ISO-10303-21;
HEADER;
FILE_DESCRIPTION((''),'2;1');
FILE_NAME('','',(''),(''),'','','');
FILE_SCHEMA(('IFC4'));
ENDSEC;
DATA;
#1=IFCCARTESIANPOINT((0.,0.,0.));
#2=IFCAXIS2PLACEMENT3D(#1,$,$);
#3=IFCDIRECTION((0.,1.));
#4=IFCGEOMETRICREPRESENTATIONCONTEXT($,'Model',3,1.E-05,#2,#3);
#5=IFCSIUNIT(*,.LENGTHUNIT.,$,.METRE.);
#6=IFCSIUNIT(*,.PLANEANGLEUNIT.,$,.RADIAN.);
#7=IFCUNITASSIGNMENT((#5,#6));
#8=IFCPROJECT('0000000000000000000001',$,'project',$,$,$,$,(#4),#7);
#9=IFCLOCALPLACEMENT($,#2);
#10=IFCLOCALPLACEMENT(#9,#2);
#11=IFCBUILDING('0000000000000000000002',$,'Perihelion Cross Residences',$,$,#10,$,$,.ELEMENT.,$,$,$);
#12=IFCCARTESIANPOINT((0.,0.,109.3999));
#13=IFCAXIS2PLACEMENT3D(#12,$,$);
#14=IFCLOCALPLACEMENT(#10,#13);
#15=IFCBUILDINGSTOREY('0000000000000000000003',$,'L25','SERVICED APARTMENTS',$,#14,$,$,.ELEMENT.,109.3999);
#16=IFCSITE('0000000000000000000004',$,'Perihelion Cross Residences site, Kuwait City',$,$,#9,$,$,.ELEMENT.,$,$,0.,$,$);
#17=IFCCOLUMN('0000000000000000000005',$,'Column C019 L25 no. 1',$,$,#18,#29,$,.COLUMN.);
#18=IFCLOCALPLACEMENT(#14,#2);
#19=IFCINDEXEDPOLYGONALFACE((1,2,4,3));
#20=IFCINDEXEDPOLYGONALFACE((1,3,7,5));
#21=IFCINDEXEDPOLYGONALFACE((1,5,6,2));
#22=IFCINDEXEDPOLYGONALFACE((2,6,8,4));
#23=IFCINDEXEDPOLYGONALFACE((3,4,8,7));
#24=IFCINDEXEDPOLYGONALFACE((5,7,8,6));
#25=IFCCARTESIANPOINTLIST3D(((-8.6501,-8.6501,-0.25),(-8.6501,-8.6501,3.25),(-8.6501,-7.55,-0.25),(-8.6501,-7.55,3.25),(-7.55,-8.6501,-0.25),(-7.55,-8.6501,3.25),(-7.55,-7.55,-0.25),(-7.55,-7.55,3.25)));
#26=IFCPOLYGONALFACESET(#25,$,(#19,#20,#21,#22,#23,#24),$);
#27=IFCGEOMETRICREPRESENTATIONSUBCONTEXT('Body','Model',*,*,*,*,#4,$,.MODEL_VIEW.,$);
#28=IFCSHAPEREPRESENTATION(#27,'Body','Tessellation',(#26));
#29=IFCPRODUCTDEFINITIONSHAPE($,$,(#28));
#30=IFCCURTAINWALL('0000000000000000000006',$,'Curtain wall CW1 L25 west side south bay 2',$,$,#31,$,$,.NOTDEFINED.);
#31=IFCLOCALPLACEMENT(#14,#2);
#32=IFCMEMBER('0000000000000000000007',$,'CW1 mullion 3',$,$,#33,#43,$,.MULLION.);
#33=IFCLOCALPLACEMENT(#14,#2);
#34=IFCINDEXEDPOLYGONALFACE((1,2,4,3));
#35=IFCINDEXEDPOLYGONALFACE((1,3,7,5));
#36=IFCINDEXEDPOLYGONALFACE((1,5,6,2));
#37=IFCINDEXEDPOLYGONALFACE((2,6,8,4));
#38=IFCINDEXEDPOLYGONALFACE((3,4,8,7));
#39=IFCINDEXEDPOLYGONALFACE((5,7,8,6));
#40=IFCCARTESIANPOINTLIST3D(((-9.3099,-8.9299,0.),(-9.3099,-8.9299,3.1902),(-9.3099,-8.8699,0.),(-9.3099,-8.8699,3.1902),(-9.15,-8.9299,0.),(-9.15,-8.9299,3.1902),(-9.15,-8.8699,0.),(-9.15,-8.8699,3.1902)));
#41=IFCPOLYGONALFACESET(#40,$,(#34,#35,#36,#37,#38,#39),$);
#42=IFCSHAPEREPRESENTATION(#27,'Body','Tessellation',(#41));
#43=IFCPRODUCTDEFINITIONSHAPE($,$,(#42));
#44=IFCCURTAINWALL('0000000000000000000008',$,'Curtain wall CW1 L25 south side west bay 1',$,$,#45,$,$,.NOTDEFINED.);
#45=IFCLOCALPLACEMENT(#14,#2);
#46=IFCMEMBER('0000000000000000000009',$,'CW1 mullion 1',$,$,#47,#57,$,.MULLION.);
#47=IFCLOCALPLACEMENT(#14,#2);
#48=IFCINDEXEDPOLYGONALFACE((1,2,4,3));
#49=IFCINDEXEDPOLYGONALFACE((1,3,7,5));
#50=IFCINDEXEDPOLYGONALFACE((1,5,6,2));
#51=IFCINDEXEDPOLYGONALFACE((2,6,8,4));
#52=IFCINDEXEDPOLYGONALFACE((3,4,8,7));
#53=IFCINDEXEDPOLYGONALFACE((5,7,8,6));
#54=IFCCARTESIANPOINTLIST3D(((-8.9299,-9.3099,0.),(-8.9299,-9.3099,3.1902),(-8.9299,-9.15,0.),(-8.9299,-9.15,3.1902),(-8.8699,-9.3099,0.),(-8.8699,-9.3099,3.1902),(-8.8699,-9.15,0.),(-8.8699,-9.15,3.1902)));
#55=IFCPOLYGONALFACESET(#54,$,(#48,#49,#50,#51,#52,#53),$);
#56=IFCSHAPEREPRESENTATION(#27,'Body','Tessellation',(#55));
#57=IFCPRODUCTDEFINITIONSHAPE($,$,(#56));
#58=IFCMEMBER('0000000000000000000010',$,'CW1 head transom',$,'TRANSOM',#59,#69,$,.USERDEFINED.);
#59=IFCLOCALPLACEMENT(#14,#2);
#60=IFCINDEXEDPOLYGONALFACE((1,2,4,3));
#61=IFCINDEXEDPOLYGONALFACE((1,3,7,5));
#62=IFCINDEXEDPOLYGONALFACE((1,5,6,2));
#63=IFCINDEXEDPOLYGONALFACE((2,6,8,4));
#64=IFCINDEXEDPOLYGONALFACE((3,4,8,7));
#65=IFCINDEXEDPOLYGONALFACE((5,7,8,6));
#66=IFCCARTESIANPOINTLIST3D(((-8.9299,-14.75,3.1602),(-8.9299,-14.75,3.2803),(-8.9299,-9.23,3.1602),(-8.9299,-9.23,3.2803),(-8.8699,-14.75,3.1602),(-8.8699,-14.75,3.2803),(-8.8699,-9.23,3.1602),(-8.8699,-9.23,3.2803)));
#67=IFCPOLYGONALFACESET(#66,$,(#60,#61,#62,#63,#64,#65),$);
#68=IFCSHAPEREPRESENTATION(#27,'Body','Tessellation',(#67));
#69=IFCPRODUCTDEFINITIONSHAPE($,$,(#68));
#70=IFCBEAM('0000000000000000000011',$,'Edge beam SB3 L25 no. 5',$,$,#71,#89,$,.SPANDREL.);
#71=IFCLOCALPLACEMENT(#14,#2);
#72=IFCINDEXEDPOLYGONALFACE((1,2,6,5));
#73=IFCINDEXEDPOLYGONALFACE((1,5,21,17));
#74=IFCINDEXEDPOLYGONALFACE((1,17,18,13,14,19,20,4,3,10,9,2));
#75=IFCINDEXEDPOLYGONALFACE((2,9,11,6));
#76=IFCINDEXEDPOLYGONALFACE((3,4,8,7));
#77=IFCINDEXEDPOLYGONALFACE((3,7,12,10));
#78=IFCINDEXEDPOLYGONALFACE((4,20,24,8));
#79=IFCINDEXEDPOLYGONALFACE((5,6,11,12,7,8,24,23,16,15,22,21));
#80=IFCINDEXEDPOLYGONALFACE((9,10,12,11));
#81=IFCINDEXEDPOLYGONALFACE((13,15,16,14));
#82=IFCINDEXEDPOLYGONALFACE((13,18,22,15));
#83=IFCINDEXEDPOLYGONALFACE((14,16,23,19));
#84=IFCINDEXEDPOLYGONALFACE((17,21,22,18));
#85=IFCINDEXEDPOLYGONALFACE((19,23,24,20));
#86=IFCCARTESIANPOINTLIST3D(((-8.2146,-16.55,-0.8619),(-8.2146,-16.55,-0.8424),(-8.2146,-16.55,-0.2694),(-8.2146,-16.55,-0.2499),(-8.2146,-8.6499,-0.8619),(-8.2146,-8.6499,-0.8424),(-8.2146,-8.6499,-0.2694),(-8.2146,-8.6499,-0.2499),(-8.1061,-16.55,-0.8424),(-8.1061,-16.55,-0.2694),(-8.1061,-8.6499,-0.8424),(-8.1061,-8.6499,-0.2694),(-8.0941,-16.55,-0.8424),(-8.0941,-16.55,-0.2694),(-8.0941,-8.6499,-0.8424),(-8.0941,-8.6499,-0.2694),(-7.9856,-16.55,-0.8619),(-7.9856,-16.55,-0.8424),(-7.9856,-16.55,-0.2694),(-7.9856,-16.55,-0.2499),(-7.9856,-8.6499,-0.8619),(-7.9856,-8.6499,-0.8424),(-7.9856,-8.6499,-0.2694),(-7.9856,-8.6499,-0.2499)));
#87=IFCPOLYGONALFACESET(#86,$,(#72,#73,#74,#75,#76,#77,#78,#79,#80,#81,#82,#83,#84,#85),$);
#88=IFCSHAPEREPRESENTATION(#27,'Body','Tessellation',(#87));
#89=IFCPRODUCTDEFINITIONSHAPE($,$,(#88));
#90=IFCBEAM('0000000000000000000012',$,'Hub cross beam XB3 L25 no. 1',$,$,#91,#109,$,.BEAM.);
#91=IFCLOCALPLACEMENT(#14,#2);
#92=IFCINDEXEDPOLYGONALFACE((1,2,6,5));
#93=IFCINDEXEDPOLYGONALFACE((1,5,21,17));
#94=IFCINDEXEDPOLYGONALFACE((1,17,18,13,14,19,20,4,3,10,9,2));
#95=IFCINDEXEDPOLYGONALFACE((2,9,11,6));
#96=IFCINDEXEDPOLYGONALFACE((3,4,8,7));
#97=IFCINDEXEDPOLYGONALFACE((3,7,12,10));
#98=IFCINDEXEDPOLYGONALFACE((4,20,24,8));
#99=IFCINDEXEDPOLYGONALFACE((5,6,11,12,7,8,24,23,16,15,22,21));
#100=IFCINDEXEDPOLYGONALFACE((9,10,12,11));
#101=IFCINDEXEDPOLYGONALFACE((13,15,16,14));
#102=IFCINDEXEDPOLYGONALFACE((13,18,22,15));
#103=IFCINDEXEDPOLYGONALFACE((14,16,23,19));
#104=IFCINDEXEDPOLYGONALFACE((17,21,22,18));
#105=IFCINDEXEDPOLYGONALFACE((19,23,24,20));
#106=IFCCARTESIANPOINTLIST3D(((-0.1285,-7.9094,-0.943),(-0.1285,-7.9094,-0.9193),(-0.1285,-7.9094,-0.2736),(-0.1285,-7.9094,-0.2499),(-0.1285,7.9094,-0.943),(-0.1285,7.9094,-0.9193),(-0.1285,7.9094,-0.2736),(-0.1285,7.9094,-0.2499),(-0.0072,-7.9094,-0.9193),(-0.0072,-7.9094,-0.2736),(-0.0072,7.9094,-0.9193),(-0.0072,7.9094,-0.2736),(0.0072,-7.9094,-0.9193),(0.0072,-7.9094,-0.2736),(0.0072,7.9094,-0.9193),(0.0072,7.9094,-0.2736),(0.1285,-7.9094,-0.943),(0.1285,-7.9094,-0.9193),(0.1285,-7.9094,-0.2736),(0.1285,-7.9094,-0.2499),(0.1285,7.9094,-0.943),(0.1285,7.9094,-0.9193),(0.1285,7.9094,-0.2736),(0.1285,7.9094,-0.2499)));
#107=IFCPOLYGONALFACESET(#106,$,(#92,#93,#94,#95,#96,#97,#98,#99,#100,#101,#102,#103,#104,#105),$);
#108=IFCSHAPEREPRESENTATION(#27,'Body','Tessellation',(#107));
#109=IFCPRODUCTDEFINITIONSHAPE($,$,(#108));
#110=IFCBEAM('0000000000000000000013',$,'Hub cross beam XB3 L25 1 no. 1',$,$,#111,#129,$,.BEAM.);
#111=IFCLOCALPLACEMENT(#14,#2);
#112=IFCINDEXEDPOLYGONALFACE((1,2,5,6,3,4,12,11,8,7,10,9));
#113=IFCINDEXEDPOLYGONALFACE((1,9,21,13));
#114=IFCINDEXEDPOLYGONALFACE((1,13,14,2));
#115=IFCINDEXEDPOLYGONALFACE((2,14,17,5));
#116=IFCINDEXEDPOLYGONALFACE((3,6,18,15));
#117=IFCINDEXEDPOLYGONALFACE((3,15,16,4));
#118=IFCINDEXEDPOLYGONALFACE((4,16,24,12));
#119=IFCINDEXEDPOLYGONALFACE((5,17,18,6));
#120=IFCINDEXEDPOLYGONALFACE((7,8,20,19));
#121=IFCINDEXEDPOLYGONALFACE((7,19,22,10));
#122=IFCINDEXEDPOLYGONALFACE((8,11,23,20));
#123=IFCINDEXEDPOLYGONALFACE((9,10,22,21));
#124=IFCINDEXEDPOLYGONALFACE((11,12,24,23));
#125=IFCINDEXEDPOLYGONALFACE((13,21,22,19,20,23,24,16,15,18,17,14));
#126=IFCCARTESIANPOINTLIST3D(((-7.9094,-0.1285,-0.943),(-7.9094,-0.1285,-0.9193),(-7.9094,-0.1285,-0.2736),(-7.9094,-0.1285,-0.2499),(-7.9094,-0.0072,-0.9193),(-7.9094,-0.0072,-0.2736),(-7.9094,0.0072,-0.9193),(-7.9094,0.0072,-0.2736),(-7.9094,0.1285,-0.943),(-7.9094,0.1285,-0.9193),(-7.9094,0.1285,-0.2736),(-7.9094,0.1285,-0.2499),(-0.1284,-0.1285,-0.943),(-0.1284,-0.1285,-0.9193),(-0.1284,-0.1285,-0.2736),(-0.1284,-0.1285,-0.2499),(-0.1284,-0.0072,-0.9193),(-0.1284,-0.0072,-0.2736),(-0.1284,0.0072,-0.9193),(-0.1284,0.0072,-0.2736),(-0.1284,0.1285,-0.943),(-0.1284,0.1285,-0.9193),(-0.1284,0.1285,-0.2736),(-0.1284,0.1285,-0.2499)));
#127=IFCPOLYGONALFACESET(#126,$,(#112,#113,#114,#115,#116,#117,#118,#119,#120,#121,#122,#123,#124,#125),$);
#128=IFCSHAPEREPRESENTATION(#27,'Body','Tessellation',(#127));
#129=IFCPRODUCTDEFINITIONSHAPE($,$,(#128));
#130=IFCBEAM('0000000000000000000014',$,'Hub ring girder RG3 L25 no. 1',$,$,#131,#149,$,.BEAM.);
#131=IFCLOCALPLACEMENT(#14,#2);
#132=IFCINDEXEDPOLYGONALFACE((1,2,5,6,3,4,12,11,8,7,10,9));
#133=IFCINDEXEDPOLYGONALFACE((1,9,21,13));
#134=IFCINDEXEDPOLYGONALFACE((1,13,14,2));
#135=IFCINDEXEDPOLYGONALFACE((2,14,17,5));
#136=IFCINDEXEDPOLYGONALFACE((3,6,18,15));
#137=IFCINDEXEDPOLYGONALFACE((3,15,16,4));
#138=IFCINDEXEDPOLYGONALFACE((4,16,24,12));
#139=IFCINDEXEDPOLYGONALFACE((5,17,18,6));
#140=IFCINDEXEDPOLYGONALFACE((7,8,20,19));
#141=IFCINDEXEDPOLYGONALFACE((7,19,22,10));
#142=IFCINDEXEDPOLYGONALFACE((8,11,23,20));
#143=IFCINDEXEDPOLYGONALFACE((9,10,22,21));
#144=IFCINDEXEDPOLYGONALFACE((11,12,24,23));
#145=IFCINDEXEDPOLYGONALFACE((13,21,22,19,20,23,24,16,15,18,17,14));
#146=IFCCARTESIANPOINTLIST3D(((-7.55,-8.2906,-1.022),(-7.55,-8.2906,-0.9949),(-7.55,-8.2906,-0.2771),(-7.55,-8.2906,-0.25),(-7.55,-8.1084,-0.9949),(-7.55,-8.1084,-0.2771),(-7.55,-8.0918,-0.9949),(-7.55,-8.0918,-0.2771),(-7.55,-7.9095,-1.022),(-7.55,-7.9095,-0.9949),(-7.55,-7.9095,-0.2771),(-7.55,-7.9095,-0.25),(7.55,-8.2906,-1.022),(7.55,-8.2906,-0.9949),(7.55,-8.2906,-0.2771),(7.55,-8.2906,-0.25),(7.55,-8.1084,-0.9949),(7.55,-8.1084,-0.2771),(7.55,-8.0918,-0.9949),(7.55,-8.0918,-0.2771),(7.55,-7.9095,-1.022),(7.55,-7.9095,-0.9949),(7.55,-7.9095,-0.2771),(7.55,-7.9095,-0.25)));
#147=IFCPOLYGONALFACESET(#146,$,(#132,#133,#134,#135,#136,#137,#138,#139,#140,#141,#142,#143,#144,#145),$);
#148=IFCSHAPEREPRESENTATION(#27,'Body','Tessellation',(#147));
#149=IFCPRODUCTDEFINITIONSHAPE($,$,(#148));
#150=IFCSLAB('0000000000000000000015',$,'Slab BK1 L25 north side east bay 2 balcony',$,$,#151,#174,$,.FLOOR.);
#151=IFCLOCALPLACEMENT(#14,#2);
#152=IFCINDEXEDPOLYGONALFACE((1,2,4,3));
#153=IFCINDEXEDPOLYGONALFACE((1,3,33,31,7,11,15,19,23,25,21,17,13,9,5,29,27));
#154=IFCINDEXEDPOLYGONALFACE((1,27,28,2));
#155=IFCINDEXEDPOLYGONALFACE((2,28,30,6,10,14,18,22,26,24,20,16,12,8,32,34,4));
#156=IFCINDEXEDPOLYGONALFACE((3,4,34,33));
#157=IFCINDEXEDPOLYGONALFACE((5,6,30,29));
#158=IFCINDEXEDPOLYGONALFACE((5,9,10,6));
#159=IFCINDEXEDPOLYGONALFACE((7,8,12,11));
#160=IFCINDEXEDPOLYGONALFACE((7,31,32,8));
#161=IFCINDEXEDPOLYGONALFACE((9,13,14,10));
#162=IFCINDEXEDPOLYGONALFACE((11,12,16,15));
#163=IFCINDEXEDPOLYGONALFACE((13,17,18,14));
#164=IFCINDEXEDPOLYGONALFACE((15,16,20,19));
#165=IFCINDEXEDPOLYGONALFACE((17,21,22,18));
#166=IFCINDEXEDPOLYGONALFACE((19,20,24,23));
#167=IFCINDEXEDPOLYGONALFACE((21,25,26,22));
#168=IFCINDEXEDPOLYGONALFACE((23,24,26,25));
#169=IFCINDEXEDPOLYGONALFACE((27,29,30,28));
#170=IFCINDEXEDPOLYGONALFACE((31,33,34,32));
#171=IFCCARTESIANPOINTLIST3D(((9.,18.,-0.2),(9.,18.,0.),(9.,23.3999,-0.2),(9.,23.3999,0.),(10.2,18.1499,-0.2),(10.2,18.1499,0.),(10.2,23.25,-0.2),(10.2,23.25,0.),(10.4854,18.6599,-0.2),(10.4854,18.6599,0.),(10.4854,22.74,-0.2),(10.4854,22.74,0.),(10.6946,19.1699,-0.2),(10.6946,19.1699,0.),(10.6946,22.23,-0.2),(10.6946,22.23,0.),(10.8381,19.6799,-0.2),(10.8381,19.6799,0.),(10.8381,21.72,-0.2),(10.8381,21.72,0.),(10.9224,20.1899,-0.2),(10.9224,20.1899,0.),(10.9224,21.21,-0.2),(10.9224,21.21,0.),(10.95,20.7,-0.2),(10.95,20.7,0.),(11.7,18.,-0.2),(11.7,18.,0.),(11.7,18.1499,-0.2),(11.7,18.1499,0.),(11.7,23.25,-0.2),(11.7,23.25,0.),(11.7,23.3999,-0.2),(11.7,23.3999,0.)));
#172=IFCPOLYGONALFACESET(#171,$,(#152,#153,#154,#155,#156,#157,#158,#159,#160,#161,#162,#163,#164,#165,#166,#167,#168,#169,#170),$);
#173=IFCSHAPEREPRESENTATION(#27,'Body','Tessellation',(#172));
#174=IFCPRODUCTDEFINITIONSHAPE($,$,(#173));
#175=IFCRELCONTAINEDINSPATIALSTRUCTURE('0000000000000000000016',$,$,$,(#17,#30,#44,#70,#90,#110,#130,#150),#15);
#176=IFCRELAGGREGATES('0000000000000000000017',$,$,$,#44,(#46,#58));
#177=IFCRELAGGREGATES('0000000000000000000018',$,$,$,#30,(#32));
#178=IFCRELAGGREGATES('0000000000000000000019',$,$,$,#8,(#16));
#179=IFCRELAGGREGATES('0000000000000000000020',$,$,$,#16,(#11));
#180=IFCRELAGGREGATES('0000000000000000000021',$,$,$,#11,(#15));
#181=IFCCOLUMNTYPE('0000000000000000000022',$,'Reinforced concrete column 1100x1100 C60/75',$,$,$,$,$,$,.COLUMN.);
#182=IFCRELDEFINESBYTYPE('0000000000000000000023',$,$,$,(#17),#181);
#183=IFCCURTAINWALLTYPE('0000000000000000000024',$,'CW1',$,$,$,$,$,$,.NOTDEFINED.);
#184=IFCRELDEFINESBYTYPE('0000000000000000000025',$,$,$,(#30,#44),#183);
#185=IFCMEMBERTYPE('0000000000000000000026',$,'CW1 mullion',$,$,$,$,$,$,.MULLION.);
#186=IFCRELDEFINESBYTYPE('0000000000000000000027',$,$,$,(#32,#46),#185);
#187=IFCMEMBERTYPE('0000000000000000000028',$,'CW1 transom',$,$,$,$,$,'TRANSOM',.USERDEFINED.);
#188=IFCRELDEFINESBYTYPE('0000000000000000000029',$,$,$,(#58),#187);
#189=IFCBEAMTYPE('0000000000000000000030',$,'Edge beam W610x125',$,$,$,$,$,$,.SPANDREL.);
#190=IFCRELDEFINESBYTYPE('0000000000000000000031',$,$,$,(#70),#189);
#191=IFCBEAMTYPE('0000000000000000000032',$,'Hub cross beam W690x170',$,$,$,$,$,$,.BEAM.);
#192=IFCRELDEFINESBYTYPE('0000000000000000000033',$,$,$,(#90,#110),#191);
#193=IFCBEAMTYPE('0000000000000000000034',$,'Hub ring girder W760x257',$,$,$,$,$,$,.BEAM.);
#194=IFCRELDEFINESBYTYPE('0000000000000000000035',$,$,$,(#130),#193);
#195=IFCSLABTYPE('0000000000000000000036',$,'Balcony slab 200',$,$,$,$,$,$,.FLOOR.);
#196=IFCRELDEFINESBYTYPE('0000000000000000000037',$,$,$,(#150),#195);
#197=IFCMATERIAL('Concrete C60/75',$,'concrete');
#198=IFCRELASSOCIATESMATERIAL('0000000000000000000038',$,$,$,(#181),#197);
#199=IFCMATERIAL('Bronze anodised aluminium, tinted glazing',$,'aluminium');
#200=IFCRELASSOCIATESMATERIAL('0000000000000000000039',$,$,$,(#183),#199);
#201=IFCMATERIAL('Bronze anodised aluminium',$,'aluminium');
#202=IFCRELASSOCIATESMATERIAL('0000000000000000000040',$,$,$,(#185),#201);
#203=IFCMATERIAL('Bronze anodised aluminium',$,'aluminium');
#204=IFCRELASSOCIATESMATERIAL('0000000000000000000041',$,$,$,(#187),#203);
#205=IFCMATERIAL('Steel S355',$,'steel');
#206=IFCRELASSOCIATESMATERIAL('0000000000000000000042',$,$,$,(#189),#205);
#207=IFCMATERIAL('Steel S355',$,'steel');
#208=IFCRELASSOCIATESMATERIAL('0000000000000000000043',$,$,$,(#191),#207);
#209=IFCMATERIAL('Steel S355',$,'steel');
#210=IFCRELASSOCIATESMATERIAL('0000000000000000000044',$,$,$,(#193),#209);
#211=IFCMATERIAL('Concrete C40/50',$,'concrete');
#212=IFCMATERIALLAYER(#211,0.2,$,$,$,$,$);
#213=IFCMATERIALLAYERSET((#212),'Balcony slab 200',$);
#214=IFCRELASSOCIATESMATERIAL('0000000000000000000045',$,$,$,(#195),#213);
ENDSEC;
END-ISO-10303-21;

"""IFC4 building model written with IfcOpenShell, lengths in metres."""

from ifc_helpers import new_model, si_unit, direction, frame, origin, origin_2d, place, context, subcontext, project, spatial, polyline, rectangle, i_section, outline, extrude, material, layer, layer_set, material_profile, profile_set, type_object, element, aggregate, save


model = new_model("IFC4")

# Units and contexts
model_context = context("Model", 3, precision=1e-05, world=origin(), true_north=direction((0.0, 1.0)))
body_context = subcontext(model_context, "Body", "Model", "MODEL_VIEW")
ifc_project = project(units=[si_unit("LENGTHUNIT", "METRE"), si_unit("PLANEANGLEUNIT", "RADIAN")], contexts=[model_context])

# Site, building, storey
site_placement = place(None, origin())
site = spatial("IfcSite", under=ifc_project, at=site_placement, Name="Perihelion Cross Residences site, Kuwait City", CompositionType="ELEMENT", RefElevation=0.0)
building_placement = place(site_placement, origin())
building = spatial("IfcBuilding", under=site, at=building_placement, Name="Perihelion Cross Residences", CompositionType="ELEMENT")
storey_placement = place(building_placement, frame((0.0, 0.0, 109.3999)))
storey = spatial("IfcBuildingStorey", under=building, at=storey_placement, Name="L25", Description="SERVICED APARTMENTS", CompositionType="ELEMENT", Elevation=109.3999)

# Column
ifc_material_1 = material(Name="Concrete C60/75", Category="concrete")
ifc_material_profile_1 = material_profile(ifc_material_1, rectangle(XDim=1.1001, YDim=1.1001, at=origin_2d()), Name="RC 1100x1100")
ifc_profile_set_1 = profile_set([ifc_material_profile_1], Name="Concrete C60/75")
column_type = type_object("IfcColumnType", Name="Reinforced concrete column 1100x1100 C60/75", PredefinedType="COLUMN", material=ifc_profile_set_1)
column_placement = place(storey_placement, frame((-8.1001, -8.1001, -0.25), z_axis=(0.0, 0.0, 1.0), x_axis=(1.0, 0.0, 0.0)))
element("IfcColumn", 1, at=column_placement, inside=storey, type_object=column_type, Name="Column C019 L25 no. 1", PredefinedType="COLUMN", context=body_context, shape_type="SweptSolid", body=[
    extrude(rectangle(XDim=1.1001, YDim=1.1001, at=origin_2d()), origin(), (0.0, 0.0, 1.0), 3.5),
])

# Curtain wall, member
ifc_material_2 = material(Name="Bronze anodised aluminium, tinted glazing", Category="aluminium")
curtain_wall_type = type_object("IfcCurtainWallType", Name="CW1", PredefinedType="NOTDEFINED", material=ifc_material_2)
curtain_wall_1_placement = place(storey_placement, origin())
curtain_wall_1 = element("IfcCurtainWall", 2, at=curtain_wall_1_placement, inside=storey, type_object=curtain_wall_type, Name="Curtain wall CW1 L25 west side south bay 2", PredefinedType="NOTDEFINED")
ifc_material_3 = material(Name="Bronze anodised aluminium", Category="aluminium")
ifc_material_profile_2 = material_profile(ifc_material_3, rectangle(XDim=0.0601, YDim=0.1599, at=origin_2d()), Name="CW1 mullion")
ifc_profile_set_2 = profile_set([ifc_material_profile_2], Name="Bronze anodised aluminium")
member_type_1 = type_object("IfcMemberType", Name="CW1 mullion", PredefinedType="MULLION", material=ifc_profile_set_2)
member_1_placement = place(storey_placement, frame((-9.23, -8.8999, 0.0), z_axis=(0.0, 0.0, 1.0), x_axis=(0.0, 1.0, 0.0)))
member_1 = element("IfcMember", 3, at=member_1_placement, type_object=member_type_1, Name="CW1 mullion 3", PredefinedType="MULLION", context=body_context, shape_type="SweptSolid", body=[
    extrude(rectangle(XDim=0.0601, YDim=0.1599, at=origin_2d()), origin(), (0.0, 0.0, 1.0), 3.1902),
])

# Curtain wall, members
curtain_wall_2_placement = place(storey_placement, origin())
curtain_wall_2 = element("IfcCurtainWall", 4, at=curtain_wall_2_placement, inside=storey, type_object=curtain_wall_type, Name="Curtain wall CW1 L25 south side west bay 1", PredefinedType="NOTDEFINED")
member_2_placement = place(storey_placement, frame((-8.8999, -9.23, 0.0), z_axis=(0.0, 0.0, 1.0), x_axis=(1.0, 0.0, 0.0)))
member_2 = element("IfcMember", 5, at=member_2_placement, type_object=member_type_1, Name="CW1 mullion 1", PredefinedType="MULLION", context=body_context, shape_type="SweptSolid", body=[
    extrude(rectangle(XDim=0.0601, YDim=0.1599, at=origin_2d()), origin(), (0.0, 0.0, 1.0), 3.1902),
])
ifc_material_4 = material(Name="Bronze anodised aluminium", Category="aluminium")
ifc_material_profile_3 = material_profile(ifc_material_4, rectangle(XDim=0.0601, YDim=0.1201, at=origin_2d()), Name="CW1 transom")
ifc_profile_set_3 = profile_set([ifc_material_profile_3], Name="Bronze anodised aluminium")
member_type_2 = type_object("IfcMemberType", Name="CW1 transom", ElementType="TRANSOM", PredefinedType="USERDEFINED", material=ifc_profile_set_3)
member_3_placement = place(storey_placement, frame((-8.8999, -9.23, 3.2202), z_axis=(0.0, -1.0, 0.0), x_axis=(1.0, 0.0, 0.0)))
member_3 = element("IfcMember", 6, at=member_3_placement, type_object=member_type_2, Name="CW1 head transom", ObjectType="TRANSOM", PredefinedType="USERDEFINED", context=body_context, shape_type="SweptSolid", body=[
    extrude(rectangle(XDim=0.0601, YDim=0.1201, at=origin_2d()), origin(), (0.0, 0.0, 1.0), 5.52),
])
aggregate(curtain_wall_2, [member_2, member_3])

# Beams
ifc_material_5 = material(Name="Steel S355", Category="steel")
ifc_material_profile_4 = material_profile(ifc_material_5, i_section(OverallWidth=0.229, OverallDepth=0.6121, WebThickness=0.012, FlangeThickness=0.0195, at=origin_2d()), Name="W610x125")
ifc_profile_set_4 = profile_set([ifc_material_profile_4], Name="Steel S355")
beam_type_1 = type_object("IfcBeamType", Name="Edge beam W610x125", PredefinedType="SPANDREL", material=ifc_profile_set_4)
beam_1_placement = place(storey_placement, frame((-8.1001, -8.6499, -0.5559), z_axis=(0.0, -1.0, 0.0), x_axis=(1.0, 0.0, 0.0)))
element("IfcBeam", 7, at=beam_1_placement, inside=storey, type_object=beam_type_1, Name="Edge beam SB3 L25 no. 5", PredefinedType="SPANDREL", context=body_context, shape_type="SweptSolid", body=[
    extrude(i_section(OverallWidth=0.229, OverallDepth=0.6121, WebThickness=0.012, FlangeThickness=0.0195, at=origin_2d()), origin(), (0.0, 0.0, 1.0), 7.9001),
])
ifc_material_6 = material(Name="Steel S355", Category="steel")
ifc_material_profile_5 = material_profile(ifc_material_6, i_section(OverallWidth=0.2571, OverallDepth=0.6931, WebThickness=0.0144, FlangeThickness=0.0237, at=origin_2d()), Name="W690x170")
ifc_profile_set_5 = profile_set([ifc_material_profile_5], Name="Steel S355")
beam_type_2 = type_object("IfcBeamType", Name="Hub cross beam W690x170", PredefinedType="BEAM", material=ifc_profile_set_5)
beam_2_placement = place(storey_placement, frame((0.0, -7.9094, -0.5964), z_axis=(0.0, 1.0, 0.0), x_axis=(-1.0, 0.0, 0.0)))
element("IfcBeam", 8, at=beam_2_placement, inside=storey, type_object=beam_type_2, Name="Hub cross beam XB3 L25 no. 1", PredefinedType="BEAM", context=body_context, shape_type="SweptSolid", body=[
    extrude(i_section(OverallWidth=0.2571, OverallDepth=0.6931, WebThickness=0.0144, FlangeThickness=0.0237, at=origin_2d()), origin(), (0.0, 0.0, 1.0), 15.8188),
])
beam_3_placement = place(storey_placement, frame((-7.9094, 0.0, -0.5964), z_axis=(1.0, 0.0, 0.0), x_axis=(0.0, 1.0, 0.0)))
element("IfcBeam", 9, at=beam_3_placement, inside=storey, type_object=beam_type_2, Name="Hub cross beam XB3 L25 1 no. 1", PredefinedType="BEAM", context=body_context, shape_type="SweptSolid", body=[
    extrude(i_section(OverallWidth=0.2571, OverallDepth=0.6931, WebThickness=0.0144, FlangeThickness=0.0237, at=origin_2d()), origin(), (0.0, 0.0, 1.0), 7.781),
])
ifc_material_7 = material(Name="Steel S355", Category="steel")
ifc_material_profile_6 = material_profile(ifc_material_7, i_section(OverallWidth=0.3811, OverallDepth=0.772, WebThickness=0.0166, FlangeThickness=0.0271, at=origin_2d()), Name="W760x257")
ifc_profile_set_6 = profile_set([ifc_material_profile_6], Name="Steel S355")
beam_type_3 = type_object("IfcBeamType", Name="Hub ring girder W760x257", PredefinedType="BEAM", material=ifc_profile_set_6)
beam_4_placement = place(storey_placement, frame((-7.55, -8.1001, -0.636), z_axis=(1.0, 0.0, 0.0), x_axis=(0.0, 1.0, 0.0)))
element("IfcBeam", 10, at=beam_4_placement, inside=storey, type_object=beam_type_3, Name="Hub ring girder RG3 L25 no. 1", PredefinedType="BEAM", context=body_context, shape_type="SweptSolid", body=[
    extrude(i_section(OverallWidth=0.3811, OverallDepth=0.772, WebThickness=0.0166, FlangeThickness=0.0271, at=origin_2d()), origin(), (0.0, 0.0, 1.0), 15.1001),
])

# Slab
ifc_material_8 = material(Name="Concrete C40/50", Category="concrete")
ifc_layer_1 = layer(ifc_material_8, 0.2)
ifc_layer_set_1 = layer_set([ifc_layer_1], Name="Balcony slab 200")
slab_type_1 = type_object("IfcSlabType", Name="Balcony slab 200", PredefinedType="FLOOR", material=ifc_layer_set_1)
slab_1_placement = place(storey_placement, frame((0.0, 0.0, -0.2)))
element("IfcSlab", 11, at=slab_1_placement, inside=storey, type_object=slab_type_1, Name="Slab BK1 L25 north side east bay 2 balcony", PredefinedType="FLOOR", context=body_context, shape_type="SweptSolid", body=[
    extrude(outline(polyline([(9.0, 18.0), (9.0, 23.3999), (11.7, 23.3999), (11.7, 23.25), (10.2, 23.25), (10.4854, 22.74), (10.6946, 22.23), (10.8381, 21.72), (10.9224, 21.21), (10.95, 20.7), (10.9224, 20.1899), (10.8381, 19.6799), (10.6946, 19.1699), (10.4854, 18.6599), (10.2, 18.1499), (11.7, 18.1499), (11.7, 18.0), (9.0, 18.0)])), origin(), (0.0, 0.0, 1.0), 0.2),
])

aggregate(curtain_wall_1, [member_1])

save(model, "model.ifc")
